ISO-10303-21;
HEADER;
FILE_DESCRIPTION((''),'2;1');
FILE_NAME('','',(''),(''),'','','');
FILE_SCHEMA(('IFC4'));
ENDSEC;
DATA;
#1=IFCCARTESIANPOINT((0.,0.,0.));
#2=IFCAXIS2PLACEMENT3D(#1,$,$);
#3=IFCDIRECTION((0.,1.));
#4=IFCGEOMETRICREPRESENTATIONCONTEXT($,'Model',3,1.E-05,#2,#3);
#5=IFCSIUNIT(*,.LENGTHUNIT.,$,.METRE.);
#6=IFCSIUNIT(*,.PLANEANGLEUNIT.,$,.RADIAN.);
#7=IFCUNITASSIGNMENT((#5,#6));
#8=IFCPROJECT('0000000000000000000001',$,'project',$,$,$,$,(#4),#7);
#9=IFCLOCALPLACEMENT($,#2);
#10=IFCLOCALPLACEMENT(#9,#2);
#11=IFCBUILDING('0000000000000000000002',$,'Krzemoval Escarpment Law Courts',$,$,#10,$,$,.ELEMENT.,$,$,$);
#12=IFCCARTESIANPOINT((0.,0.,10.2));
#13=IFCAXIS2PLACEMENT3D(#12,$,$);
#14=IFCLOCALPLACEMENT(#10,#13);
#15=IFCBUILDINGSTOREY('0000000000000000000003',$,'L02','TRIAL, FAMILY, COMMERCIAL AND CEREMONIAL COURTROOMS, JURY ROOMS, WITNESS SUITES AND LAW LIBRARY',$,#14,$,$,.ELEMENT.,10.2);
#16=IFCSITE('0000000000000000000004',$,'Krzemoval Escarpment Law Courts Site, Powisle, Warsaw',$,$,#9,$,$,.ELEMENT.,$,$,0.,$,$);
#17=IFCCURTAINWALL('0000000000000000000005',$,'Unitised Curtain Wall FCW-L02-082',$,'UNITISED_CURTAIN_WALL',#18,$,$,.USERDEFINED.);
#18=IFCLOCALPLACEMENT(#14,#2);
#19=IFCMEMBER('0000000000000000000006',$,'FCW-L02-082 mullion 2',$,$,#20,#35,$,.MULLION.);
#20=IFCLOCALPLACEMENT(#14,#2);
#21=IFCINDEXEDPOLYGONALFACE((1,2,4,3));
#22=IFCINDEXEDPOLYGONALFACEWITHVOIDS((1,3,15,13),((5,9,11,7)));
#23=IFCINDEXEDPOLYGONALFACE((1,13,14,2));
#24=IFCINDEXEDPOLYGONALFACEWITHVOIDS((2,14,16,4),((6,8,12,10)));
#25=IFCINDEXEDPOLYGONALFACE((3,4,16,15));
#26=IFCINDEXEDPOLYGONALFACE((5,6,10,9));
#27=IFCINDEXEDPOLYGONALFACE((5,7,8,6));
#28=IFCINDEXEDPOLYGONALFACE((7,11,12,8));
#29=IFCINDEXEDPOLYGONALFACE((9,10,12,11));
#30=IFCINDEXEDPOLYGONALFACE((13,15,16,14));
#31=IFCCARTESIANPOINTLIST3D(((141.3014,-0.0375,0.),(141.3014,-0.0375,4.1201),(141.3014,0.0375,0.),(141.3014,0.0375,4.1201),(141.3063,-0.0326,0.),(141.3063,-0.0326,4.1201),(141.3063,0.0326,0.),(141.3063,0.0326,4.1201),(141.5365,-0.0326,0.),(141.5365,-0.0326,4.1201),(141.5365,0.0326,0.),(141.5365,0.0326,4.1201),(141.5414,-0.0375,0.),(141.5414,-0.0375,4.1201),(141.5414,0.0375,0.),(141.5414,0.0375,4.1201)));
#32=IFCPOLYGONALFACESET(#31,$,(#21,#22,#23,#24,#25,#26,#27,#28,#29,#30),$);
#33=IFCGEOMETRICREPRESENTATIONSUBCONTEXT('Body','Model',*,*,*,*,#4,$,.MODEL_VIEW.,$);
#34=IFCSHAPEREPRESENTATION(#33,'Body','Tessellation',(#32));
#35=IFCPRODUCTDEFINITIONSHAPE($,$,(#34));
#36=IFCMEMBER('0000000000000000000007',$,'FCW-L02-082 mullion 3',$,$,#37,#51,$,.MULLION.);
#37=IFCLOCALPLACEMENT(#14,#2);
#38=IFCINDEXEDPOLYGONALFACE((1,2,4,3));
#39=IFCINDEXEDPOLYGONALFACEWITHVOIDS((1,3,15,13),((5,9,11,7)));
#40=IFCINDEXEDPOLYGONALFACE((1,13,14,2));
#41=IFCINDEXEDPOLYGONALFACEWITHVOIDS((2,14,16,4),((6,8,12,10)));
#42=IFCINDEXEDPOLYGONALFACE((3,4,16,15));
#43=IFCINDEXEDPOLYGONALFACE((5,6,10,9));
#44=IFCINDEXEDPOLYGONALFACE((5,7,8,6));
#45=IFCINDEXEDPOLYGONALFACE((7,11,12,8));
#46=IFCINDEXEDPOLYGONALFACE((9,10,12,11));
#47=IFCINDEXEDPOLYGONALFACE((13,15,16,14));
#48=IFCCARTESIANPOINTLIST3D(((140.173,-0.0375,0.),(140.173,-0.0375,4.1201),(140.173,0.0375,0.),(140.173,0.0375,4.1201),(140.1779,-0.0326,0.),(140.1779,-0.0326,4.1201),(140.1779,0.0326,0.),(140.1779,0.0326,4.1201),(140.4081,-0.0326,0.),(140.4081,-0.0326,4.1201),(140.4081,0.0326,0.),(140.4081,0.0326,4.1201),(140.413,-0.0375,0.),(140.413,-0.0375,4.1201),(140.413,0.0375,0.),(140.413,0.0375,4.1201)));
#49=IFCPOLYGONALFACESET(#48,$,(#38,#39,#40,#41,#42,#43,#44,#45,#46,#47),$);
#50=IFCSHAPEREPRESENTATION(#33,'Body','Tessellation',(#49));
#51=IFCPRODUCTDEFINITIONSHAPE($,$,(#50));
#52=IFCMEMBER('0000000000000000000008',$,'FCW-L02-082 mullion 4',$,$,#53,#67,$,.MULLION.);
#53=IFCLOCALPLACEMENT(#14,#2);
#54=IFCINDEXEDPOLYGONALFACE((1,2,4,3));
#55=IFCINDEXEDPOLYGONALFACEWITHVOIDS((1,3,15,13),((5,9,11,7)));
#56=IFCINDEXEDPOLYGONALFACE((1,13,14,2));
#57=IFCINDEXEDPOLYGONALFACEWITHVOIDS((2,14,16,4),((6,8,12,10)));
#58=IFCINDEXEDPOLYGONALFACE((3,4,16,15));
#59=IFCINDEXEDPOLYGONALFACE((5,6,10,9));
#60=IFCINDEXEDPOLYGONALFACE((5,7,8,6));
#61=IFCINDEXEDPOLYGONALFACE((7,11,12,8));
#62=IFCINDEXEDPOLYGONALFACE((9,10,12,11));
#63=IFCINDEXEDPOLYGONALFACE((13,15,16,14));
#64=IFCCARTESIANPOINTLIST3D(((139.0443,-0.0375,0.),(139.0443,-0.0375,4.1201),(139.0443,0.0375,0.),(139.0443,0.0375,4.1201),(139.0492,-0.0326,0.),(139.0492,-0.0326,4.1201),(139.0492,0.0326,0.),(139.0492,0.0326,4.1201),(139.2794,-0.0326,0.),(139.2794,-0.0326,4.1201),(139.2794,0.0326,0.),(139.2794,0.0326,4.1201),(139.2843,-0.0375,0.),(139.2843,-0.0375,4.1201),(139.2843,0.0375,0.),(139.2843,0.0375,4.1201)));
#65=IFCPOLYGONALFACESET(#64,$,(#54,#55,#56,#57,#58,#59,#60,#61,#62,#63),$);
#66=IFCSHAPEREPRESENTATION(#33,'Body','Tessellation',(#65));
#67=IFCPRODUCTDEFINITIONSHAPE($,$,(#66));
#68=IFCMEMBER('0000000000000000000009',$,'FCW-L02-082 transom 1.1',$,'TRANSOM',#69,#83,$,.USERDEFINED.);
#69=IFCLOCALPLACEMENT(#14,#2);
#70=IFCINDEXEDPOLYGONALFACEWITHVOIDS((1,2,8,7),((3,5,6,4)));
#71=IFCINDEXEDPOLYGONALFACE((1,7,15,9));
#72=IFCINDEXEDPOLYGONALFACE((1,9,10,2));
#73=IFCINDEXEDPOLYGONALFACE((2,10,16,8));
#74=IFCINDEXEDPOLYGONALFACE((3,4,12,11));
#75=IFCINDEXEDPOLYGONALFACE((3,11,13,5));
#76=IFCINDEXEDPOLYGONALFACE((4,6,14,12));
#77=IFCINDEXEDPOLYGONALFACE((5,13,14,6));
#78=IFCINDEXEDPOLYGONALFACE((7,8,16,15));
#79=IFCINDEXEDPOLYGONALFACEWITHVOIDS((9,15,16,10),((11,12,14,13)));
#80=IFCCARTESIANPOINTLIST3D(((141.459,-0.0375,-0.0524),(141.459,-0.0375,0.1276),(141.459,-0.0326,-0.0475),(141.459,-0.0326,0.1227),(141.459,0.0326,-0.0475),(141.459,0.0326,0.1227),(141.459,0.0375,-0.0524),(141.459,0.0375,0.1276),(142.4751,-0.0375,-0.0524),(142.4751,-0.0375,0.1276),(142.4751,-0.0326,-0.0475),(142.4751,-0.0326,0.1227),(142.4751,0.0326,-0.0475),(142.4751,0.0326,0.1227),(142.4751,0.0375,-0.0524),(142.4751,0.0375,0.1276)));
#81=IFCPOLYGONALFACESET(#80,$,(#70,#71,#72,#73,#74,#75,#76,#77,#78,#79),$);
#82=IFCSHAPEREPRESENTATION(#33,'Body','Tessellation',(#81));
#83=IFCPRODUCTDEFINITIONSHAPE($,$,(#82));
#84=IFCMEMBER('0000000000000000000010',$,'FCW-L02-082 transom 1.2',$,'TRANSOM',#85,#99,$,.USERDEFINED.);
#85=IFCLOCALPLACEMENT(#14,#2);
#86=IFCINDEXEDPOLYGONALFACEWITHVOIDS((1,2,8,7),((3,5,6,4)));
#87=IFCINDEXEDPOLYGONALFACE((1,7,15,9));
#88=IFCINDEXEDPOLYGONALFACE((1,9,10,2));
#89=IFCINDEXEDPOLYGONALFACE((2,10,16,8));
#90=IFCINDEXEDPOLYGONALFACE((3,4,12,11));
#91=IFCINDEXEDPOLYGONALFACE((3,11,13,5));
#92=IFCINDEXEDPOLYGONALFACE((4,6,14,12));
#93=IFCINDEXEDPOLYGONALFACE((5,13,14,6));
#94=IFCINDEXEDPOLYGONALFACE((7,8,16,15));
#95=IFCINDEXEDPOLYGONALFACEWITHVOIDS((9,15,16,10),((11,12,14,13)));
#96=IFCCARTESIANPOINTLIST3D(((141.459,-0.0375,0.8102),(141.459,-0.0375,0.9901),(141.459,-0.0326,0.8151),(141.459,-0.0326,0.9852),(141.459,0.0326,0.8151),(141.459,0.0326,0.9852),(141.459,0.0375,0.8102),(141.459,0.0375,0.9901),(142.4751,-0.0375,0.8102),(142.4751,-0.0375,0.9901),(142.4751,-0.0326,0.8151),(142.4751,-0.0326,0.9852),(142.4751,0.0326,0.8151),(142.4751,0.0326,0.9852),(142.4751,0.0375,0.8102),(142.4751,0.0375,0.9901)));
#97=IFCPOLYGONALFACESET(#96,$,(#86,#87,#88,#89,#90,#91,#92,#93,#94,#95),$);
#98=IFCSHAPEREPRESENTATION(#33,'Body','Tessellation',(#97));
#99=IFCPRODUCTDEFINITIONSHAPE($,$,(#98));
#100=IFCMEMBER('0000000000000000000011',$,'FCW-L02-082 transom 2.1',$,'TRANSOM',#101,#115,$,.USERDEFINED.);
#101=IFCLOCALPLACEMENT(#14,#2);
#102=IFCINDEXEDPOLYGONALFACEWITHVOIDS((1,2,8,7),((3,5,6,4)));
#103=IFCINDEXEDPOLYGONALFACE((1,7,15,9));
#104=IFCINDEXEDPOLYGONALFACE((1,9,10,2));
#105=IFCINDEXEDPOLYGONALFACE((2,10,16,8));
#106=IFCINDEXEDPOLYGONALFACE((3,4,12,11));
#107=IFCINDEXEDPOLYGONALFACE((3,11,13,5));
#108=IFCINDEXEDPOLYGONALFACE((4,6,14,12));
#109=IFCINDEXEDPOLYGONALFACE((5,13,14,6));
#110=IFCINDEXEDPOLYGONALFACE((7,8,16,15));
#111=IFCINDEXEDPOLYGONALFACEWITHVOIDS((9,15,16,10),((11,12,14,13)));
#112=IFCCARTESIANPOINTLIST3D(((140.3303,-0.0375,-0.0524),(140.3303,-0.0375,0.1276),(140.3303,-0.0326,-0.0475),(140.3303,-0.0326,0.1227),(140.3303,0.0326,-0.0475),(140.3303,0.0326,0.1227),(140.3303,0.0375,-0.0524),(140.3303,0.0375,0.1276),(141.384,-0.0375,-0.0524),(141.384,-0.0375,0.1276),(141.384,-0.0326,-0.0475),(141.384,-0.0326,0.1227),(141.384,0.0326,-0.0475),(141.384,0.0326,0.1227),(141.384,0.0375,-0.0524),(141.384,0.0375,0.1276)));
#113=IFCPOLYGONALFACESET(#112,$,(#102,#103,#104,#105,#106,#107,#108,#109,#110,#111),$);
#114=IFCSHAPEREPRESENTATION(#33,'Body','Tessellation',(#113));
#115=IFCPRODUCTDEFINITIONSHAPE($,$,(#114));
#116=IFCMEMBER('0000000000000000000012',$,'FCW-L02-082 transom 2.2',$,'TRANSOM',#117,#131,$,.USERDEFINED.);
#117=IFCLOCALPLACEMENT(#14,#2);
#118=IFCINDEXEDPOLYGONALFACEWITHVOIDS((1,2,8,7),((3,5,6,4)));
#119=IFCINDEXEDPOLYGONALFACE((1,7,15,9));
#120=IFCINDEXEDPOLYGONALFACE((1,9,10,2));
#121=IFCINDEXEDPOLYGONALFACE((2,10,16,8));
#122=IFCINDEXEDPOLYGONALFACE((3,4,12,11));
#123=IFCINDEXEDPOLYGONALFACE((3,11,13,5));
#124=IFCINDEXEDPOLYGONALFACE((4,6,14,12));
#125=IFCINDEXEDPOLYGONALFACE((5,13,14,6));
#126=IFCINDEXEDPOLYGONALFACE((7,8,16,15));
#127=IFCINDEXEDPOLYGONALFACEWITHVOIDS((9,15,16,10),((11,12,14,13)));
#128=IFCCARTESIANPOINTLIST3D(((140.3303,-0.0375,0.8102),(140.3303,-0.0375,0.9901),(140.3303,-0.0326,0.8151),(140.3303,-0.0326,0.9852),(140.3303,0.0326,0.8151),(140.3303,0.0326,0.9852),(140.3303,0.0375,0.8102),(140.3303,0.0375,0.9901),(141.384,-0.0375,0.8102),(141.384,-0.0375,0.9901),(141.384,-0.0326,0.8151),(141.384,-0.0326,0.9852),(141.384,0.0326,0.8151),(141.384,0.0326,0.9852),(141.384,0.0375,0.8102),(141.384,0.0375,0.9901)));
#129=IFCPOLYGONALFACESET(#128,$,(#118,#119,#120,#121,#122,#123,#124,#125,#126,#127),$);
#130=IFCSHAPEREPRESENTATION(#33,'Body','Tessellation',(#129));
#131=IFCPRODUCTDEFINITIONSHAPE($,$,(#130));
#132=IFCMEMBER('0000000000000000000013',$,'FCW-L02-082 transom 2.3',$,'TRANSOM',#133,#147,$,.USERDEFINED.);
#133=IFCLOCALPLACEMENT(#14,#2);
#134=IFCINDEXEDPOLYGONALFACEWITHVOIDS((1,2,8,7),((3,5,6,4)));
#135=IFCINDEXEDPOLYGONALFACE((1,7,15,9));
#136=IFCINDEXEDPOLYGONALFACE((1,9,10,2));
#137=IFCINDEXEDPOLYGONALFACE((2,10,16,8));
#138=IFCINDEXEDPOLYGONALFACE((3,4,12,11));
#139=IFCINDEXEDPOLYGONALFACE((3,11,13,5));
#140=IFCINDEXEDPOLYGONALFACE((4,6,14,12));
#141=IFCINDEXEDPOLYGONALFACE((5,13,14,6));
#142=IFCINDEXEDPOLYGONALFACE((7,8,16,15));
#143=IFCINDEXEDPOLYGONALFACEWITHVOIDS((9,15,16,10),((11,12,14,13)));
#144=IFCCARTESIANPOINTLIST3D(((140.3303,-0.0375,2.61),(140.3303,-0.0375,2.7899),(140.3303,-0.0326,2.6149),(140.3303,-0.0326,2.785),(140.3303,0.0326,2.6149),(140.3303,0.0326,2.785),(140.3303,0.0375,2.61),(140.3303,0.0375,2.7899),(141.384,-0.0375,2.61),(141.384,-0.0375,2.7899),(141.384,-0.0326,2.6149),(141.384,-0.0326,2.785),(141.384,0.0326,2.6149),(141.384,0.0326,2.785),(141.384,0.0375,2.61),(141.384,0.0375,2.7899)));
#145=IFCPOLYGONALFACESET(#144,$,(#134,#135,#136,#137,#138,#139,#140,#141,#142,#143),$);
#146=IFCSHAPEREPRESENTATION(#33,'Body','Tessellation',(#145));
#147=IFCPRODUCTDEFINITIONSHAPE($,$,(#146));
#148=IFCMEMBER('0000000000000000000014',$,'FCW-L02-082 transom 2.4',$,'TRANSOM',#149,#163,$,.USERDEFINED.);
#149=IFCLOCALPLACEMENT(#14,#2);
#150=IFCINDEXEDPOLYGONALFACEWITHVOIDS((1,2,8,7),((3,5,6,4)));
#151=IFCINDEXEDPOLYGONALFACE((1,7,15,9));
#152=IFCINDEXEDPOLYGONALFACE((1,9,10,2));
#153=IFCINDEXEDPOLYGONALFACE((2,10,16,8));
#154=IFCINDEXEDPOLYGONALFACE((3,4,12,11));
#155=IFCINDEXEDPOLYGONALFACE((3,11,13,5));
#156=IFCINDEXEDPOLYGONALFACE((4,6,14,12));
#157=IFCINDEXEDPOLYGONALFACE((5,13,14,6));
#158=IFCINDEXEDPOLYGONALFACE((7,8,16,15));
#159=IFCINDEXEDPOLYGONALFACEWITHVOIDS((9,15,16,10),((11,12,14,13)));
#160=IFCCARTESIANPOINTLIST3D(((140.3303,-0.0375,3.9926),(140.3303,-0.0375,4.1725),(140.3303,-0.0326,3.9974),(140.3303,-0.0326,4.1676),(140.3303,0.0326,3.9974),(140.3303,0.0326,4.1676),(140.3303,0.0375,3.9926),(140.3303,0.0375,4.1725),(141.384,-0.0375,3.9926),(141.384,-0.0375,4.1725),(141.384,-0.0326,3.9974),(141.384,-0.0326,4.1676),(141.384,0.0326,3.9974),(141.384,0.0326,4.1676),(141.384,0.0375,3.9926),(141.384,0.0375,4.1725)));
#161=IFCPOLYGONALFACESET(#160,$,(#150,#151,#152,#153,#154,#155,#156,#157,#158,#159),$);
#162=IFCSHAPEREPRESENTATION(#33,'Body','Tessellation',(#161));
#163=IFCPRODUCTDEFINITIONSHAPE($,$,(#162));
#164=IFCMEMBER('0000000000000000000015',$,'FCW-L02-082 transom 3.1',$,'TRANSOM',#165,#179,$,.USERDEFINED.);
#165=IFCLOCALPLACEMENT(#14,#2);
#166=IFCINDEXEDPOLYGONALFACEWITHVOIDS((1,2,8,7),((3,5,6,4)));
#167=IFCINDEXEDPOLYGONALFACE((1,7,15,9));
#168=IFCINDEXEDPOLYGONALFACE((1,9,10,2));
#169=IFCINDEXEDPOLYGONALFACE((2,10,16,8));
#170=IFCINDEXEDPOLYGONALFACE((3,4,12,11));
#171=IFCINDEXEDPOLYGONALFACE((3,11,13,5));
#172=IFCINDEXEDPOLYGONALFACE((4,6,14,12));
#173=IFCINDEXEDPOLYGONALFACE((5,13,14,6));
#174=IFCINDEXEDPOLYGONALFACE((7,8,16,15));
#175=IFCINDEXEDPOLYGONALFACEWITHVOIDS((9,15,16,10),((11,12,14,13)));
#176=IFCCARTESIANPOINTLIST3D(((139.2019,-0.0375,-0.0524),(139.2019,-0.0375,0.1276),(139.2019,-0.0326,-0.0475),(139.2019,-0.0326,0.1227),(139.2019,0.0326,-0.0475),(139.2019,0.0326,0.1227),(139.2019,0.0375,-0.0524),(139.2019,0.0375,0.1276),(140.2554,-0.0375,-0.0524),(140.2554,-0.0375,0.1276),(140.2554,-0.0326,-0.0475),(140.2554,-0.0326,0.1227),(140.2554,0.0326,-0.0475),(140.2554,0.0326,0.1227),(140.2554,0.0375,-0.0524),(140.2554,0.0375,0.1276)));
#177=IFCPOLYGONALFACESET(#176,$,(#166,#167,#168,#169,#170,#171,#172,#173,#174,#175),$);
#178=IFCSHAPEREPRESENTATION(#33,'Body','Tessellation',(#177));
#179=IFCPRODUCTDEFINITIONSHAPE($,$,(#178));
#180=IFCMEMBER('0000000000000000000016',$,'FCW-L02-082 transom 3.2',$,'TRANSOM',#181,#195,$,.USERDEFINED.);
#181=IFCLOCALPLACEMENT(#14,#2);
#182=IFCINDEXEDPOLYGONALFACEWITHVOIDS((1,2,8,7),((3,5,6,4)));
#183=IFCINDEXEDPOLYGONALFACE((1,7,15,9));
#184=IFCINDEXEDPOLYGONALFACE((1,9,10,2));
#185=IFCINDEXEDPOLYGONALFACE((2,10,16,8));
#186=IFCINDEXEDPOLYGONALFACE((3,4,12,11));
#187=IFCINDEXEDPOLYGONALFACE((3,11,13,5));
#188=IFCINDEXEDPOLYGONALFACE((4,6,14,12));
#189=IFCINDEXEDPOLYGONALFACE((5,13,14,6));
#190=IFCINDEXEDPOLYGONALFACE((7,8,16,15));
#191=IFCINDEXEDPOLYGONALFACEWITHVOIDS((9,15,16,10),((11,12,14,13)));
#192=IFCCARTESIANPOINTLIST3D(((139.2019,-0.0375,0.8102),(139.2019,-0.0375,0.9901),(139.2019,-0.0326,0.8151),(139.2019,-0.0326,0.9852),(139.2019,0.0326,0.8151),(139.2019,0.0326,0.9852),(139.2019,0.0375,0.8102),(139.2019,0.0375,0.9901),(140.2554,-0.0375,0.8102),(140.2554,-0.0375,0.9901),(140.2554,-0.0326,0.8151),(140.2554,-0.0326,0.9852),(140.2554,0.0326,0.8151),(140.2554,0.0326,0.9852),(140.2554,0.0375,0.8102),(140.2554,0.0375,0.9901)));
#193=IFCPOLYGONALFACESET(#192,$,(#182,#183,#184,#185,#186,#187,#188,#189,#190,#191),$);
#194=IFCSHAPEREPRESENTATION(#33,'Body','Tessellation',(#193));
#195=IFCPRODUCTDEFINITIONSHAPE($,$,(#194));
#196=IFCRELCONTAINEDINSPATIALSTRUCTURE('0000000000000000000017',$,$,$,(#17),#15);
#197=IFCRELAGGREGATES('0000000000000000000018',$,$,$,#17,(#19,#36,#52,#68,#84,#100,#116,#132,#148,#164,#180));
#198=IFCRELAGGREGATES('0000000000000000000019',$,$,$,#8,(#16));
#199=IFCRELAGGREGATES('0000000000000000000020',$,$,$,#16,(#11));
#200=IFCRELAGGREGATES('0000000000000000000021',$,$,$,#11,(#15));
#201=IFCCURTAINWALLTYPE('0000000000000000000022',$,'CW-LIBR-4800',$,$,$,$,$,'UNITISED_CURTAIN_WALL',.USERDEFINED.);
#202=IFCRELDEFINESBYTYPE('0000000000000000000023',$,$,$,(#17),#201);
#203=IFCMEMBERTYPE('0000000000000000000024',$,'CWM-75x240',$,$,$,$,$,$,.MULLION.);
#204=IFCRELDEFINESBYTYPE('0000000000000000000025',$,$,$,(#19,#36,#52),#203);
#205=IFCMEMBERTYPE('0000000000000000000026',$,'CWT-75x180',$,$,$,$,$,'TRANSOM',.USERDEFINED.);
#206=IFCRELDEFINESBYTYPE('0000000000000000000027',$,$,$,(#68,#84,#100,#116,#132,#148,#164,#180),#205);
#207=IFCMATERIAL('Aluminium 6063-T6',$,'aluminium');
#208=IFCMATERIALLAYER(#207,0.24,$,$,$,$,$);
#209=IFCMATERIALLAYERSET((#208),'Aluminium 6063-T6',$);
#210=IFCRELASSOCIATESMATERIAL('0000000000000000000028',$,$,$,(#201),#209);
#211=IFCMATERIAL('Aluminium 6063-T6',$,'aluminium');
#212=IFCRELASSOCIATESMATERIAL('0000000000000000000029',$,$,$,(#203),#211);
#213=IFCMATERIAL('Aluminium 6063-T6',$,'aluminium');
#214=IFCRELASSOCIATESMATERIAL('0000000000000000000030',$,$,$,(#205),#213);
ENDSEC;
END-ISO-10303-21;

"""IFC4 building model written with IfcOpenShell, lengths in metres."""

from ifc_helpers import new_model, si_unit, direction, frame, origin, origin_2d, place, context, subcontext, project, spatial, hollow_rectangle, extrude, material, layer, layer_set, material_profile, profile_set, type_object, element, aggregate, save


model = new_model("IFC4")

# Units and contexts
model_context = context("Model", 3, precision=1e-05, world=origin(), true_north=direction((0.0, 1.0)))
body_context = subcontext(model_context, "Body", "Model", "MODEL_VIEW")
ifc_project = project(units=[si_unit("LENGTHUNIT", "METRE"), si_unit("PLANEANGLEUNIT", "RADIAN")], contexts=[model_context])

# Site, building, storey
site_placement = place(None, origin())
site = spatial("IfcSite", under=ifc_project, at=site_placement, Name="Krzemoval Escarpment Law Courts Site, Powisle, Warsaw", CompositionType="ELEMENT", RefElevation=0.0)
building_placement = place(site_placement, origin())
building = spatial("IfcBuilding", under=site, at=building_placement, Name="Krzemoval Escarpment Law Courts", CompositionType="ELEMENT")
storey_placement = place(building_placement, frame((0.0, 0.0, 10.2)))
storey = spatial("IfcBuildingStorey", under=building, at=storey_placement, Name="L02", Description="TRIAL, FAMILY, COMMERCIAL AND CEREMONIAL COURTROOMS, JURY ROOMS, WITNESS SUITES AND LAW LIBRARY", CompositionType="ELEMENT", Elevation=10.2)

# Curtain wall, members
ifc_material_1 = material(Name="Aluminium 6063-T6", Category="aluminium")
ifc_layer_1 = layer(ifc_material_1, 0.24)
ifc_layer_set_1 = layer_set([ifc_layer_1], Name="Aluminium 6063-T6")
curtain_wall_type = type_object("IfcCurtainWallType", Name="CW-LIBR-4800", ElementType="UNITISED_CURTAIN_WALL", PredefinedType="USERDEFINED", material=ifc_layer_set_1)
curtain_wall_placement = place(storey_placement, origin())
curtain_wall = element("IfcCurtainWall", 1, at=curtain_wall_placement, inside=storey, type_object=curtain_wall_type, Name="Unitised Curtain Wall FCW-L02-082", ObjectType="UNITISED_CURTAIN_WALL", PredefinedType="USERDEFINED")
ifc_material_2 = material(Name="Aluminium 6063-T6", Category="aluminium")
ifc_material_profile_1 = material_profile(ifc_material_2, hollow_rectangle(XDim=0.075, YDim=0.24, WallThickness=0.0049, at=origin_2d()), Name="ALU M75x240")
ifc_profile_set_1 = profile_set([ifc_material_profile_1], Name="Aluminium 6063-T6")
member_type_1 = type_object("IfcMemberType", Name="CWM-75x240", PredefinedType="MULLION", material=ifc_profile_set_1)
member_1_placement = place(storey_placement, frame((141.4214, 0.0, 0.0), z_axis=(0.0, 0.0, 1.0), x_axis=(0.0, -1.0, 0.0)))
member_1 = element("IfcMember", 2, at=member_1_placement, type_object=member_type_1, Name="FCW-L02-082 mullion 2", PredefinedType="MULLION", context=body_context, shape_type="SweptSolid", body=[
    extrude(hollow_rectangle(XDim=0.075, YDim=0.24, WallThickness=0.0049, at=origin_2d()), origin(), (0.0, 0.0, 1.0), 4.1201),
])
member_2_placement = place(storey_placement, frame((140.293, 0.0, 0.0), z_axis=(0.0, 0.0, 1.0), x_axis=(0.0, -1.0, 0.0)))
member_2 = element("IfcMember", 3, at=member_2_placement, type_object=member_type_1, Name="FCW-L02-082 mullion 3", PredefinedType="MULLION", context=body_context, shape_type="SweptSolid", body=[
    extrude(hollow_rectangle(XDim=0.075, YDim=0.24, WallThickness=0.0049, at=origin_2d()), origin(), (0.0, 0.0, 1.0), 4.1201),
])
member_3_placement = place(storey_placement, frame((139.1643, 0.0, 0.0), z_axis=(0.0, 0.0, 1.0), x_axis=(0.0, -1.0, 0.0)))
member_3 = element("IfcMember", 4, at=member_3_placement, type_object=member_type_1, Name="FCW-L02-082 mullion 4", PredefinedType="MULLION", context=body_context, shape_type="SweptSolid", body=[
    extrude(hollow_rectangle(XDim=0.075, YDim=0.24, WallThickness=0.0049, at=origin_2d()), origin(), (0.0, 0.0, 1.0), 4.1201),
])
ifc_material_3 = material(Name="Aluminium 6063-T6", Category="aluminium")
ifc_material_profile_2 = material_profile(ifc_material_3, hollow_rectangle(XDim=0.075, YDim=0.1799, WallThickness=0.0049, at=origin_2d()), Name="ALU T75x180")
ifc_profile_set_2 = profile_set([ifc_material_profile_2], Name="Aluminium 6063-T6")
member_type_2 = type_object("IfcMemberType", Name="CWT-75x180", ElementType="TRANSOM", PredefinedType="USERDEFINED", material=ifc_profile_set_2)
member_4_placement = place(storey_placement, frame((142.4751, 0.0, 0.0376), z_axis=(-1.0, 0.0, 0.0), x_axis=(0.0, -1.0, 0.0)))
member_4 = element("IfcMember", 5, at=member_4_placement, type_object=member_type_2, Name="FCW-L02-082 transom 1.1", ObjectType="TRANSOM", PredefinedType="USERDEFINED", context=body_context, shape_type="SweptSolid", body=[
    extrude(hollow_rectangle(XDim=0.075, YDim=0.1799, WallThickness=0.0049, at=origin_2d()), origin(), (0.0, 0.0, 1.0), 1.0161),
])
member_5_placement = place(storey_placement, frame((142.4751, 0.0, 0.9001), z_axis=(-1.0, 0.0, 0.0), x_axis=(0.0, -1.0, 0.0)))
member_5 = element("IfcMember", 6, at=member_5_placement, type_object=member_type_2, Name="FCW-L02-082 transom 1.2", ObjectType="TRANSOM", PredefinedType="USERDEFINED", context=body_context, shape_type="SweptSolid", body=[
    extrude(hollow_rectangle(XDim=0.075, YDim=0.1799, WallThickness=0.0049, at=origin_2d()), origin(), (0.0, 0.0, 1.0), 1.0161),
])
member_6_placement = place(storey_placement, frame((141.384, 0.0, 0.0376), z_axis=(-1.0, 0.0, 0.0), x_axis=(0.0, -1.0, 0.0)))
member_6 = element("IfcMember", 7, at=member_6_placement, type_object=member_type_2, Name="FCW-L02-082 transom 2.1", ObjectType="TRANSOM", PredefinedType="USERDEFINED", context=body_context, shape_type="SweptSolid", body=[
    extrude(hollow_rectangle(XDim=0.075, YDim=0.1799, WallThickness=0.0049, at=origin_2d()), origin(), (0.0, 0.0, 1.0), 1.0537),
])
member_7_placement = place(storey_placement, frame((141.384, 0.0, 0.9001), z_axis=(-1.0, 0.0, 0.0), x_axis=(0.0, -1.0, 0.0)))
member_7 = element("IfcMember", 8, at=member_7_placement, type_object=member_type_2, Name="FCW-L02-082 transom 2.2", ObjectType="TRANSOM", PredefinedType="USERDEFINED", context=body_context, shape_type="SweptSolid", body=[
    extrude(hollow_rectangle(XDim=0.075, YDim=0.1799, WallThickness=0.0049, at=origin_2d()), origin(), (0.0, 0.0, 1.0), 1.0537),
])
member_8_placement = place(storey_placement, frame((141.384, 0.0, 2.7), z_axis=(-1.0, 0.0, 0.0), x_axis=(0.0, -1.0, 0.0)))
member_8 = element("IfcMember", 9, at=member_8_placement, type_object=member_type_2, Name="FCW-L02-082 transom 2.3", ObjectType="TRANSOM", PredefinedType="USERDEFINED", context=body_context, shape_type="SweptSolid", body=[
    extrude(hollow_rectangle(XDim=0.075, YDim=0.1799, WallThickness=0.0049, at=origin_2d()), origin(), (0.0, 0.0, 1.0), 1.0537),
])
member_9_placement = place(storey_placement, frame((141.384, 0.0, 4.0825), z_axis=(-1.0, 0.0, 0.0), x_axis=(0.0, -1.0, 0.0)))
member_9 = element("IfcMember", 10, at=member_9_placement, type_object=member_type_2, Name="FCW-L02-082 transom 2.4", ObjectType="TRANSOM", PredefinedType="USERDEFINED", context=body_context, shape_type="SweptSolid", body=[
    extrude(hollow_rectangle(XDim=0.075, YDim=0.1799, WallThickness=0.0049, at=origin_2d()), origin(), (0.0, 0.0, 1.0), 1.0537),
])
member_10_placement = place(storey_placement, frame((140.2554, 0.0, 0.0376), z_axis=(-1.0, 0.0, 0.0), x_axis=(0.0, -1.0, 0.0)))
member_10 = element("IfcMember", 11, at=member_10_placement, type_object=member_type_2, Name="FCW-L02-082 transom 3.1", ObjectType="TRANSOM", PredefinedType="USERDEFINED", context=body_context, shape_type="SweptSolid", body=[
    extrude(hollow_rectangle(XDim=0.075, YDim=0.1799, WallThickness=0.0049, at=origin_2d()), origin(), (0.0, 0.0, 1.0), 1.0535),
])
member_11_placement = place(storey_placement, frame((140.2554, 0.0, 0.9001), z_axis=(-1.0, 0.0, 0.0), x_axis=(0.0, -1.0, 0.0)))
member_11 = element("IfcMember", 12, at=member_11_placement, type_object=member_type_2, Name="FCW-L02-082 transom 3.2", ObjectType="TRANSOM", PredefinedType="USERDEFINED", context=body_context, shape_type="SweptSolid", body=[
    extrude(hollow_rectangle(XDim=0.075, YDim=0.1799, WallThickness=0.0049, at=origin_2d()), origin(), (0.0, 0.0, 1.0), 1.0535),
])
aggregate(curtain_wall, [member_1, member_2, member_3, member_4, member_5, member_6, member_7, member_8, member_9, member_10, member_11])

save(model, "model.ifc")
